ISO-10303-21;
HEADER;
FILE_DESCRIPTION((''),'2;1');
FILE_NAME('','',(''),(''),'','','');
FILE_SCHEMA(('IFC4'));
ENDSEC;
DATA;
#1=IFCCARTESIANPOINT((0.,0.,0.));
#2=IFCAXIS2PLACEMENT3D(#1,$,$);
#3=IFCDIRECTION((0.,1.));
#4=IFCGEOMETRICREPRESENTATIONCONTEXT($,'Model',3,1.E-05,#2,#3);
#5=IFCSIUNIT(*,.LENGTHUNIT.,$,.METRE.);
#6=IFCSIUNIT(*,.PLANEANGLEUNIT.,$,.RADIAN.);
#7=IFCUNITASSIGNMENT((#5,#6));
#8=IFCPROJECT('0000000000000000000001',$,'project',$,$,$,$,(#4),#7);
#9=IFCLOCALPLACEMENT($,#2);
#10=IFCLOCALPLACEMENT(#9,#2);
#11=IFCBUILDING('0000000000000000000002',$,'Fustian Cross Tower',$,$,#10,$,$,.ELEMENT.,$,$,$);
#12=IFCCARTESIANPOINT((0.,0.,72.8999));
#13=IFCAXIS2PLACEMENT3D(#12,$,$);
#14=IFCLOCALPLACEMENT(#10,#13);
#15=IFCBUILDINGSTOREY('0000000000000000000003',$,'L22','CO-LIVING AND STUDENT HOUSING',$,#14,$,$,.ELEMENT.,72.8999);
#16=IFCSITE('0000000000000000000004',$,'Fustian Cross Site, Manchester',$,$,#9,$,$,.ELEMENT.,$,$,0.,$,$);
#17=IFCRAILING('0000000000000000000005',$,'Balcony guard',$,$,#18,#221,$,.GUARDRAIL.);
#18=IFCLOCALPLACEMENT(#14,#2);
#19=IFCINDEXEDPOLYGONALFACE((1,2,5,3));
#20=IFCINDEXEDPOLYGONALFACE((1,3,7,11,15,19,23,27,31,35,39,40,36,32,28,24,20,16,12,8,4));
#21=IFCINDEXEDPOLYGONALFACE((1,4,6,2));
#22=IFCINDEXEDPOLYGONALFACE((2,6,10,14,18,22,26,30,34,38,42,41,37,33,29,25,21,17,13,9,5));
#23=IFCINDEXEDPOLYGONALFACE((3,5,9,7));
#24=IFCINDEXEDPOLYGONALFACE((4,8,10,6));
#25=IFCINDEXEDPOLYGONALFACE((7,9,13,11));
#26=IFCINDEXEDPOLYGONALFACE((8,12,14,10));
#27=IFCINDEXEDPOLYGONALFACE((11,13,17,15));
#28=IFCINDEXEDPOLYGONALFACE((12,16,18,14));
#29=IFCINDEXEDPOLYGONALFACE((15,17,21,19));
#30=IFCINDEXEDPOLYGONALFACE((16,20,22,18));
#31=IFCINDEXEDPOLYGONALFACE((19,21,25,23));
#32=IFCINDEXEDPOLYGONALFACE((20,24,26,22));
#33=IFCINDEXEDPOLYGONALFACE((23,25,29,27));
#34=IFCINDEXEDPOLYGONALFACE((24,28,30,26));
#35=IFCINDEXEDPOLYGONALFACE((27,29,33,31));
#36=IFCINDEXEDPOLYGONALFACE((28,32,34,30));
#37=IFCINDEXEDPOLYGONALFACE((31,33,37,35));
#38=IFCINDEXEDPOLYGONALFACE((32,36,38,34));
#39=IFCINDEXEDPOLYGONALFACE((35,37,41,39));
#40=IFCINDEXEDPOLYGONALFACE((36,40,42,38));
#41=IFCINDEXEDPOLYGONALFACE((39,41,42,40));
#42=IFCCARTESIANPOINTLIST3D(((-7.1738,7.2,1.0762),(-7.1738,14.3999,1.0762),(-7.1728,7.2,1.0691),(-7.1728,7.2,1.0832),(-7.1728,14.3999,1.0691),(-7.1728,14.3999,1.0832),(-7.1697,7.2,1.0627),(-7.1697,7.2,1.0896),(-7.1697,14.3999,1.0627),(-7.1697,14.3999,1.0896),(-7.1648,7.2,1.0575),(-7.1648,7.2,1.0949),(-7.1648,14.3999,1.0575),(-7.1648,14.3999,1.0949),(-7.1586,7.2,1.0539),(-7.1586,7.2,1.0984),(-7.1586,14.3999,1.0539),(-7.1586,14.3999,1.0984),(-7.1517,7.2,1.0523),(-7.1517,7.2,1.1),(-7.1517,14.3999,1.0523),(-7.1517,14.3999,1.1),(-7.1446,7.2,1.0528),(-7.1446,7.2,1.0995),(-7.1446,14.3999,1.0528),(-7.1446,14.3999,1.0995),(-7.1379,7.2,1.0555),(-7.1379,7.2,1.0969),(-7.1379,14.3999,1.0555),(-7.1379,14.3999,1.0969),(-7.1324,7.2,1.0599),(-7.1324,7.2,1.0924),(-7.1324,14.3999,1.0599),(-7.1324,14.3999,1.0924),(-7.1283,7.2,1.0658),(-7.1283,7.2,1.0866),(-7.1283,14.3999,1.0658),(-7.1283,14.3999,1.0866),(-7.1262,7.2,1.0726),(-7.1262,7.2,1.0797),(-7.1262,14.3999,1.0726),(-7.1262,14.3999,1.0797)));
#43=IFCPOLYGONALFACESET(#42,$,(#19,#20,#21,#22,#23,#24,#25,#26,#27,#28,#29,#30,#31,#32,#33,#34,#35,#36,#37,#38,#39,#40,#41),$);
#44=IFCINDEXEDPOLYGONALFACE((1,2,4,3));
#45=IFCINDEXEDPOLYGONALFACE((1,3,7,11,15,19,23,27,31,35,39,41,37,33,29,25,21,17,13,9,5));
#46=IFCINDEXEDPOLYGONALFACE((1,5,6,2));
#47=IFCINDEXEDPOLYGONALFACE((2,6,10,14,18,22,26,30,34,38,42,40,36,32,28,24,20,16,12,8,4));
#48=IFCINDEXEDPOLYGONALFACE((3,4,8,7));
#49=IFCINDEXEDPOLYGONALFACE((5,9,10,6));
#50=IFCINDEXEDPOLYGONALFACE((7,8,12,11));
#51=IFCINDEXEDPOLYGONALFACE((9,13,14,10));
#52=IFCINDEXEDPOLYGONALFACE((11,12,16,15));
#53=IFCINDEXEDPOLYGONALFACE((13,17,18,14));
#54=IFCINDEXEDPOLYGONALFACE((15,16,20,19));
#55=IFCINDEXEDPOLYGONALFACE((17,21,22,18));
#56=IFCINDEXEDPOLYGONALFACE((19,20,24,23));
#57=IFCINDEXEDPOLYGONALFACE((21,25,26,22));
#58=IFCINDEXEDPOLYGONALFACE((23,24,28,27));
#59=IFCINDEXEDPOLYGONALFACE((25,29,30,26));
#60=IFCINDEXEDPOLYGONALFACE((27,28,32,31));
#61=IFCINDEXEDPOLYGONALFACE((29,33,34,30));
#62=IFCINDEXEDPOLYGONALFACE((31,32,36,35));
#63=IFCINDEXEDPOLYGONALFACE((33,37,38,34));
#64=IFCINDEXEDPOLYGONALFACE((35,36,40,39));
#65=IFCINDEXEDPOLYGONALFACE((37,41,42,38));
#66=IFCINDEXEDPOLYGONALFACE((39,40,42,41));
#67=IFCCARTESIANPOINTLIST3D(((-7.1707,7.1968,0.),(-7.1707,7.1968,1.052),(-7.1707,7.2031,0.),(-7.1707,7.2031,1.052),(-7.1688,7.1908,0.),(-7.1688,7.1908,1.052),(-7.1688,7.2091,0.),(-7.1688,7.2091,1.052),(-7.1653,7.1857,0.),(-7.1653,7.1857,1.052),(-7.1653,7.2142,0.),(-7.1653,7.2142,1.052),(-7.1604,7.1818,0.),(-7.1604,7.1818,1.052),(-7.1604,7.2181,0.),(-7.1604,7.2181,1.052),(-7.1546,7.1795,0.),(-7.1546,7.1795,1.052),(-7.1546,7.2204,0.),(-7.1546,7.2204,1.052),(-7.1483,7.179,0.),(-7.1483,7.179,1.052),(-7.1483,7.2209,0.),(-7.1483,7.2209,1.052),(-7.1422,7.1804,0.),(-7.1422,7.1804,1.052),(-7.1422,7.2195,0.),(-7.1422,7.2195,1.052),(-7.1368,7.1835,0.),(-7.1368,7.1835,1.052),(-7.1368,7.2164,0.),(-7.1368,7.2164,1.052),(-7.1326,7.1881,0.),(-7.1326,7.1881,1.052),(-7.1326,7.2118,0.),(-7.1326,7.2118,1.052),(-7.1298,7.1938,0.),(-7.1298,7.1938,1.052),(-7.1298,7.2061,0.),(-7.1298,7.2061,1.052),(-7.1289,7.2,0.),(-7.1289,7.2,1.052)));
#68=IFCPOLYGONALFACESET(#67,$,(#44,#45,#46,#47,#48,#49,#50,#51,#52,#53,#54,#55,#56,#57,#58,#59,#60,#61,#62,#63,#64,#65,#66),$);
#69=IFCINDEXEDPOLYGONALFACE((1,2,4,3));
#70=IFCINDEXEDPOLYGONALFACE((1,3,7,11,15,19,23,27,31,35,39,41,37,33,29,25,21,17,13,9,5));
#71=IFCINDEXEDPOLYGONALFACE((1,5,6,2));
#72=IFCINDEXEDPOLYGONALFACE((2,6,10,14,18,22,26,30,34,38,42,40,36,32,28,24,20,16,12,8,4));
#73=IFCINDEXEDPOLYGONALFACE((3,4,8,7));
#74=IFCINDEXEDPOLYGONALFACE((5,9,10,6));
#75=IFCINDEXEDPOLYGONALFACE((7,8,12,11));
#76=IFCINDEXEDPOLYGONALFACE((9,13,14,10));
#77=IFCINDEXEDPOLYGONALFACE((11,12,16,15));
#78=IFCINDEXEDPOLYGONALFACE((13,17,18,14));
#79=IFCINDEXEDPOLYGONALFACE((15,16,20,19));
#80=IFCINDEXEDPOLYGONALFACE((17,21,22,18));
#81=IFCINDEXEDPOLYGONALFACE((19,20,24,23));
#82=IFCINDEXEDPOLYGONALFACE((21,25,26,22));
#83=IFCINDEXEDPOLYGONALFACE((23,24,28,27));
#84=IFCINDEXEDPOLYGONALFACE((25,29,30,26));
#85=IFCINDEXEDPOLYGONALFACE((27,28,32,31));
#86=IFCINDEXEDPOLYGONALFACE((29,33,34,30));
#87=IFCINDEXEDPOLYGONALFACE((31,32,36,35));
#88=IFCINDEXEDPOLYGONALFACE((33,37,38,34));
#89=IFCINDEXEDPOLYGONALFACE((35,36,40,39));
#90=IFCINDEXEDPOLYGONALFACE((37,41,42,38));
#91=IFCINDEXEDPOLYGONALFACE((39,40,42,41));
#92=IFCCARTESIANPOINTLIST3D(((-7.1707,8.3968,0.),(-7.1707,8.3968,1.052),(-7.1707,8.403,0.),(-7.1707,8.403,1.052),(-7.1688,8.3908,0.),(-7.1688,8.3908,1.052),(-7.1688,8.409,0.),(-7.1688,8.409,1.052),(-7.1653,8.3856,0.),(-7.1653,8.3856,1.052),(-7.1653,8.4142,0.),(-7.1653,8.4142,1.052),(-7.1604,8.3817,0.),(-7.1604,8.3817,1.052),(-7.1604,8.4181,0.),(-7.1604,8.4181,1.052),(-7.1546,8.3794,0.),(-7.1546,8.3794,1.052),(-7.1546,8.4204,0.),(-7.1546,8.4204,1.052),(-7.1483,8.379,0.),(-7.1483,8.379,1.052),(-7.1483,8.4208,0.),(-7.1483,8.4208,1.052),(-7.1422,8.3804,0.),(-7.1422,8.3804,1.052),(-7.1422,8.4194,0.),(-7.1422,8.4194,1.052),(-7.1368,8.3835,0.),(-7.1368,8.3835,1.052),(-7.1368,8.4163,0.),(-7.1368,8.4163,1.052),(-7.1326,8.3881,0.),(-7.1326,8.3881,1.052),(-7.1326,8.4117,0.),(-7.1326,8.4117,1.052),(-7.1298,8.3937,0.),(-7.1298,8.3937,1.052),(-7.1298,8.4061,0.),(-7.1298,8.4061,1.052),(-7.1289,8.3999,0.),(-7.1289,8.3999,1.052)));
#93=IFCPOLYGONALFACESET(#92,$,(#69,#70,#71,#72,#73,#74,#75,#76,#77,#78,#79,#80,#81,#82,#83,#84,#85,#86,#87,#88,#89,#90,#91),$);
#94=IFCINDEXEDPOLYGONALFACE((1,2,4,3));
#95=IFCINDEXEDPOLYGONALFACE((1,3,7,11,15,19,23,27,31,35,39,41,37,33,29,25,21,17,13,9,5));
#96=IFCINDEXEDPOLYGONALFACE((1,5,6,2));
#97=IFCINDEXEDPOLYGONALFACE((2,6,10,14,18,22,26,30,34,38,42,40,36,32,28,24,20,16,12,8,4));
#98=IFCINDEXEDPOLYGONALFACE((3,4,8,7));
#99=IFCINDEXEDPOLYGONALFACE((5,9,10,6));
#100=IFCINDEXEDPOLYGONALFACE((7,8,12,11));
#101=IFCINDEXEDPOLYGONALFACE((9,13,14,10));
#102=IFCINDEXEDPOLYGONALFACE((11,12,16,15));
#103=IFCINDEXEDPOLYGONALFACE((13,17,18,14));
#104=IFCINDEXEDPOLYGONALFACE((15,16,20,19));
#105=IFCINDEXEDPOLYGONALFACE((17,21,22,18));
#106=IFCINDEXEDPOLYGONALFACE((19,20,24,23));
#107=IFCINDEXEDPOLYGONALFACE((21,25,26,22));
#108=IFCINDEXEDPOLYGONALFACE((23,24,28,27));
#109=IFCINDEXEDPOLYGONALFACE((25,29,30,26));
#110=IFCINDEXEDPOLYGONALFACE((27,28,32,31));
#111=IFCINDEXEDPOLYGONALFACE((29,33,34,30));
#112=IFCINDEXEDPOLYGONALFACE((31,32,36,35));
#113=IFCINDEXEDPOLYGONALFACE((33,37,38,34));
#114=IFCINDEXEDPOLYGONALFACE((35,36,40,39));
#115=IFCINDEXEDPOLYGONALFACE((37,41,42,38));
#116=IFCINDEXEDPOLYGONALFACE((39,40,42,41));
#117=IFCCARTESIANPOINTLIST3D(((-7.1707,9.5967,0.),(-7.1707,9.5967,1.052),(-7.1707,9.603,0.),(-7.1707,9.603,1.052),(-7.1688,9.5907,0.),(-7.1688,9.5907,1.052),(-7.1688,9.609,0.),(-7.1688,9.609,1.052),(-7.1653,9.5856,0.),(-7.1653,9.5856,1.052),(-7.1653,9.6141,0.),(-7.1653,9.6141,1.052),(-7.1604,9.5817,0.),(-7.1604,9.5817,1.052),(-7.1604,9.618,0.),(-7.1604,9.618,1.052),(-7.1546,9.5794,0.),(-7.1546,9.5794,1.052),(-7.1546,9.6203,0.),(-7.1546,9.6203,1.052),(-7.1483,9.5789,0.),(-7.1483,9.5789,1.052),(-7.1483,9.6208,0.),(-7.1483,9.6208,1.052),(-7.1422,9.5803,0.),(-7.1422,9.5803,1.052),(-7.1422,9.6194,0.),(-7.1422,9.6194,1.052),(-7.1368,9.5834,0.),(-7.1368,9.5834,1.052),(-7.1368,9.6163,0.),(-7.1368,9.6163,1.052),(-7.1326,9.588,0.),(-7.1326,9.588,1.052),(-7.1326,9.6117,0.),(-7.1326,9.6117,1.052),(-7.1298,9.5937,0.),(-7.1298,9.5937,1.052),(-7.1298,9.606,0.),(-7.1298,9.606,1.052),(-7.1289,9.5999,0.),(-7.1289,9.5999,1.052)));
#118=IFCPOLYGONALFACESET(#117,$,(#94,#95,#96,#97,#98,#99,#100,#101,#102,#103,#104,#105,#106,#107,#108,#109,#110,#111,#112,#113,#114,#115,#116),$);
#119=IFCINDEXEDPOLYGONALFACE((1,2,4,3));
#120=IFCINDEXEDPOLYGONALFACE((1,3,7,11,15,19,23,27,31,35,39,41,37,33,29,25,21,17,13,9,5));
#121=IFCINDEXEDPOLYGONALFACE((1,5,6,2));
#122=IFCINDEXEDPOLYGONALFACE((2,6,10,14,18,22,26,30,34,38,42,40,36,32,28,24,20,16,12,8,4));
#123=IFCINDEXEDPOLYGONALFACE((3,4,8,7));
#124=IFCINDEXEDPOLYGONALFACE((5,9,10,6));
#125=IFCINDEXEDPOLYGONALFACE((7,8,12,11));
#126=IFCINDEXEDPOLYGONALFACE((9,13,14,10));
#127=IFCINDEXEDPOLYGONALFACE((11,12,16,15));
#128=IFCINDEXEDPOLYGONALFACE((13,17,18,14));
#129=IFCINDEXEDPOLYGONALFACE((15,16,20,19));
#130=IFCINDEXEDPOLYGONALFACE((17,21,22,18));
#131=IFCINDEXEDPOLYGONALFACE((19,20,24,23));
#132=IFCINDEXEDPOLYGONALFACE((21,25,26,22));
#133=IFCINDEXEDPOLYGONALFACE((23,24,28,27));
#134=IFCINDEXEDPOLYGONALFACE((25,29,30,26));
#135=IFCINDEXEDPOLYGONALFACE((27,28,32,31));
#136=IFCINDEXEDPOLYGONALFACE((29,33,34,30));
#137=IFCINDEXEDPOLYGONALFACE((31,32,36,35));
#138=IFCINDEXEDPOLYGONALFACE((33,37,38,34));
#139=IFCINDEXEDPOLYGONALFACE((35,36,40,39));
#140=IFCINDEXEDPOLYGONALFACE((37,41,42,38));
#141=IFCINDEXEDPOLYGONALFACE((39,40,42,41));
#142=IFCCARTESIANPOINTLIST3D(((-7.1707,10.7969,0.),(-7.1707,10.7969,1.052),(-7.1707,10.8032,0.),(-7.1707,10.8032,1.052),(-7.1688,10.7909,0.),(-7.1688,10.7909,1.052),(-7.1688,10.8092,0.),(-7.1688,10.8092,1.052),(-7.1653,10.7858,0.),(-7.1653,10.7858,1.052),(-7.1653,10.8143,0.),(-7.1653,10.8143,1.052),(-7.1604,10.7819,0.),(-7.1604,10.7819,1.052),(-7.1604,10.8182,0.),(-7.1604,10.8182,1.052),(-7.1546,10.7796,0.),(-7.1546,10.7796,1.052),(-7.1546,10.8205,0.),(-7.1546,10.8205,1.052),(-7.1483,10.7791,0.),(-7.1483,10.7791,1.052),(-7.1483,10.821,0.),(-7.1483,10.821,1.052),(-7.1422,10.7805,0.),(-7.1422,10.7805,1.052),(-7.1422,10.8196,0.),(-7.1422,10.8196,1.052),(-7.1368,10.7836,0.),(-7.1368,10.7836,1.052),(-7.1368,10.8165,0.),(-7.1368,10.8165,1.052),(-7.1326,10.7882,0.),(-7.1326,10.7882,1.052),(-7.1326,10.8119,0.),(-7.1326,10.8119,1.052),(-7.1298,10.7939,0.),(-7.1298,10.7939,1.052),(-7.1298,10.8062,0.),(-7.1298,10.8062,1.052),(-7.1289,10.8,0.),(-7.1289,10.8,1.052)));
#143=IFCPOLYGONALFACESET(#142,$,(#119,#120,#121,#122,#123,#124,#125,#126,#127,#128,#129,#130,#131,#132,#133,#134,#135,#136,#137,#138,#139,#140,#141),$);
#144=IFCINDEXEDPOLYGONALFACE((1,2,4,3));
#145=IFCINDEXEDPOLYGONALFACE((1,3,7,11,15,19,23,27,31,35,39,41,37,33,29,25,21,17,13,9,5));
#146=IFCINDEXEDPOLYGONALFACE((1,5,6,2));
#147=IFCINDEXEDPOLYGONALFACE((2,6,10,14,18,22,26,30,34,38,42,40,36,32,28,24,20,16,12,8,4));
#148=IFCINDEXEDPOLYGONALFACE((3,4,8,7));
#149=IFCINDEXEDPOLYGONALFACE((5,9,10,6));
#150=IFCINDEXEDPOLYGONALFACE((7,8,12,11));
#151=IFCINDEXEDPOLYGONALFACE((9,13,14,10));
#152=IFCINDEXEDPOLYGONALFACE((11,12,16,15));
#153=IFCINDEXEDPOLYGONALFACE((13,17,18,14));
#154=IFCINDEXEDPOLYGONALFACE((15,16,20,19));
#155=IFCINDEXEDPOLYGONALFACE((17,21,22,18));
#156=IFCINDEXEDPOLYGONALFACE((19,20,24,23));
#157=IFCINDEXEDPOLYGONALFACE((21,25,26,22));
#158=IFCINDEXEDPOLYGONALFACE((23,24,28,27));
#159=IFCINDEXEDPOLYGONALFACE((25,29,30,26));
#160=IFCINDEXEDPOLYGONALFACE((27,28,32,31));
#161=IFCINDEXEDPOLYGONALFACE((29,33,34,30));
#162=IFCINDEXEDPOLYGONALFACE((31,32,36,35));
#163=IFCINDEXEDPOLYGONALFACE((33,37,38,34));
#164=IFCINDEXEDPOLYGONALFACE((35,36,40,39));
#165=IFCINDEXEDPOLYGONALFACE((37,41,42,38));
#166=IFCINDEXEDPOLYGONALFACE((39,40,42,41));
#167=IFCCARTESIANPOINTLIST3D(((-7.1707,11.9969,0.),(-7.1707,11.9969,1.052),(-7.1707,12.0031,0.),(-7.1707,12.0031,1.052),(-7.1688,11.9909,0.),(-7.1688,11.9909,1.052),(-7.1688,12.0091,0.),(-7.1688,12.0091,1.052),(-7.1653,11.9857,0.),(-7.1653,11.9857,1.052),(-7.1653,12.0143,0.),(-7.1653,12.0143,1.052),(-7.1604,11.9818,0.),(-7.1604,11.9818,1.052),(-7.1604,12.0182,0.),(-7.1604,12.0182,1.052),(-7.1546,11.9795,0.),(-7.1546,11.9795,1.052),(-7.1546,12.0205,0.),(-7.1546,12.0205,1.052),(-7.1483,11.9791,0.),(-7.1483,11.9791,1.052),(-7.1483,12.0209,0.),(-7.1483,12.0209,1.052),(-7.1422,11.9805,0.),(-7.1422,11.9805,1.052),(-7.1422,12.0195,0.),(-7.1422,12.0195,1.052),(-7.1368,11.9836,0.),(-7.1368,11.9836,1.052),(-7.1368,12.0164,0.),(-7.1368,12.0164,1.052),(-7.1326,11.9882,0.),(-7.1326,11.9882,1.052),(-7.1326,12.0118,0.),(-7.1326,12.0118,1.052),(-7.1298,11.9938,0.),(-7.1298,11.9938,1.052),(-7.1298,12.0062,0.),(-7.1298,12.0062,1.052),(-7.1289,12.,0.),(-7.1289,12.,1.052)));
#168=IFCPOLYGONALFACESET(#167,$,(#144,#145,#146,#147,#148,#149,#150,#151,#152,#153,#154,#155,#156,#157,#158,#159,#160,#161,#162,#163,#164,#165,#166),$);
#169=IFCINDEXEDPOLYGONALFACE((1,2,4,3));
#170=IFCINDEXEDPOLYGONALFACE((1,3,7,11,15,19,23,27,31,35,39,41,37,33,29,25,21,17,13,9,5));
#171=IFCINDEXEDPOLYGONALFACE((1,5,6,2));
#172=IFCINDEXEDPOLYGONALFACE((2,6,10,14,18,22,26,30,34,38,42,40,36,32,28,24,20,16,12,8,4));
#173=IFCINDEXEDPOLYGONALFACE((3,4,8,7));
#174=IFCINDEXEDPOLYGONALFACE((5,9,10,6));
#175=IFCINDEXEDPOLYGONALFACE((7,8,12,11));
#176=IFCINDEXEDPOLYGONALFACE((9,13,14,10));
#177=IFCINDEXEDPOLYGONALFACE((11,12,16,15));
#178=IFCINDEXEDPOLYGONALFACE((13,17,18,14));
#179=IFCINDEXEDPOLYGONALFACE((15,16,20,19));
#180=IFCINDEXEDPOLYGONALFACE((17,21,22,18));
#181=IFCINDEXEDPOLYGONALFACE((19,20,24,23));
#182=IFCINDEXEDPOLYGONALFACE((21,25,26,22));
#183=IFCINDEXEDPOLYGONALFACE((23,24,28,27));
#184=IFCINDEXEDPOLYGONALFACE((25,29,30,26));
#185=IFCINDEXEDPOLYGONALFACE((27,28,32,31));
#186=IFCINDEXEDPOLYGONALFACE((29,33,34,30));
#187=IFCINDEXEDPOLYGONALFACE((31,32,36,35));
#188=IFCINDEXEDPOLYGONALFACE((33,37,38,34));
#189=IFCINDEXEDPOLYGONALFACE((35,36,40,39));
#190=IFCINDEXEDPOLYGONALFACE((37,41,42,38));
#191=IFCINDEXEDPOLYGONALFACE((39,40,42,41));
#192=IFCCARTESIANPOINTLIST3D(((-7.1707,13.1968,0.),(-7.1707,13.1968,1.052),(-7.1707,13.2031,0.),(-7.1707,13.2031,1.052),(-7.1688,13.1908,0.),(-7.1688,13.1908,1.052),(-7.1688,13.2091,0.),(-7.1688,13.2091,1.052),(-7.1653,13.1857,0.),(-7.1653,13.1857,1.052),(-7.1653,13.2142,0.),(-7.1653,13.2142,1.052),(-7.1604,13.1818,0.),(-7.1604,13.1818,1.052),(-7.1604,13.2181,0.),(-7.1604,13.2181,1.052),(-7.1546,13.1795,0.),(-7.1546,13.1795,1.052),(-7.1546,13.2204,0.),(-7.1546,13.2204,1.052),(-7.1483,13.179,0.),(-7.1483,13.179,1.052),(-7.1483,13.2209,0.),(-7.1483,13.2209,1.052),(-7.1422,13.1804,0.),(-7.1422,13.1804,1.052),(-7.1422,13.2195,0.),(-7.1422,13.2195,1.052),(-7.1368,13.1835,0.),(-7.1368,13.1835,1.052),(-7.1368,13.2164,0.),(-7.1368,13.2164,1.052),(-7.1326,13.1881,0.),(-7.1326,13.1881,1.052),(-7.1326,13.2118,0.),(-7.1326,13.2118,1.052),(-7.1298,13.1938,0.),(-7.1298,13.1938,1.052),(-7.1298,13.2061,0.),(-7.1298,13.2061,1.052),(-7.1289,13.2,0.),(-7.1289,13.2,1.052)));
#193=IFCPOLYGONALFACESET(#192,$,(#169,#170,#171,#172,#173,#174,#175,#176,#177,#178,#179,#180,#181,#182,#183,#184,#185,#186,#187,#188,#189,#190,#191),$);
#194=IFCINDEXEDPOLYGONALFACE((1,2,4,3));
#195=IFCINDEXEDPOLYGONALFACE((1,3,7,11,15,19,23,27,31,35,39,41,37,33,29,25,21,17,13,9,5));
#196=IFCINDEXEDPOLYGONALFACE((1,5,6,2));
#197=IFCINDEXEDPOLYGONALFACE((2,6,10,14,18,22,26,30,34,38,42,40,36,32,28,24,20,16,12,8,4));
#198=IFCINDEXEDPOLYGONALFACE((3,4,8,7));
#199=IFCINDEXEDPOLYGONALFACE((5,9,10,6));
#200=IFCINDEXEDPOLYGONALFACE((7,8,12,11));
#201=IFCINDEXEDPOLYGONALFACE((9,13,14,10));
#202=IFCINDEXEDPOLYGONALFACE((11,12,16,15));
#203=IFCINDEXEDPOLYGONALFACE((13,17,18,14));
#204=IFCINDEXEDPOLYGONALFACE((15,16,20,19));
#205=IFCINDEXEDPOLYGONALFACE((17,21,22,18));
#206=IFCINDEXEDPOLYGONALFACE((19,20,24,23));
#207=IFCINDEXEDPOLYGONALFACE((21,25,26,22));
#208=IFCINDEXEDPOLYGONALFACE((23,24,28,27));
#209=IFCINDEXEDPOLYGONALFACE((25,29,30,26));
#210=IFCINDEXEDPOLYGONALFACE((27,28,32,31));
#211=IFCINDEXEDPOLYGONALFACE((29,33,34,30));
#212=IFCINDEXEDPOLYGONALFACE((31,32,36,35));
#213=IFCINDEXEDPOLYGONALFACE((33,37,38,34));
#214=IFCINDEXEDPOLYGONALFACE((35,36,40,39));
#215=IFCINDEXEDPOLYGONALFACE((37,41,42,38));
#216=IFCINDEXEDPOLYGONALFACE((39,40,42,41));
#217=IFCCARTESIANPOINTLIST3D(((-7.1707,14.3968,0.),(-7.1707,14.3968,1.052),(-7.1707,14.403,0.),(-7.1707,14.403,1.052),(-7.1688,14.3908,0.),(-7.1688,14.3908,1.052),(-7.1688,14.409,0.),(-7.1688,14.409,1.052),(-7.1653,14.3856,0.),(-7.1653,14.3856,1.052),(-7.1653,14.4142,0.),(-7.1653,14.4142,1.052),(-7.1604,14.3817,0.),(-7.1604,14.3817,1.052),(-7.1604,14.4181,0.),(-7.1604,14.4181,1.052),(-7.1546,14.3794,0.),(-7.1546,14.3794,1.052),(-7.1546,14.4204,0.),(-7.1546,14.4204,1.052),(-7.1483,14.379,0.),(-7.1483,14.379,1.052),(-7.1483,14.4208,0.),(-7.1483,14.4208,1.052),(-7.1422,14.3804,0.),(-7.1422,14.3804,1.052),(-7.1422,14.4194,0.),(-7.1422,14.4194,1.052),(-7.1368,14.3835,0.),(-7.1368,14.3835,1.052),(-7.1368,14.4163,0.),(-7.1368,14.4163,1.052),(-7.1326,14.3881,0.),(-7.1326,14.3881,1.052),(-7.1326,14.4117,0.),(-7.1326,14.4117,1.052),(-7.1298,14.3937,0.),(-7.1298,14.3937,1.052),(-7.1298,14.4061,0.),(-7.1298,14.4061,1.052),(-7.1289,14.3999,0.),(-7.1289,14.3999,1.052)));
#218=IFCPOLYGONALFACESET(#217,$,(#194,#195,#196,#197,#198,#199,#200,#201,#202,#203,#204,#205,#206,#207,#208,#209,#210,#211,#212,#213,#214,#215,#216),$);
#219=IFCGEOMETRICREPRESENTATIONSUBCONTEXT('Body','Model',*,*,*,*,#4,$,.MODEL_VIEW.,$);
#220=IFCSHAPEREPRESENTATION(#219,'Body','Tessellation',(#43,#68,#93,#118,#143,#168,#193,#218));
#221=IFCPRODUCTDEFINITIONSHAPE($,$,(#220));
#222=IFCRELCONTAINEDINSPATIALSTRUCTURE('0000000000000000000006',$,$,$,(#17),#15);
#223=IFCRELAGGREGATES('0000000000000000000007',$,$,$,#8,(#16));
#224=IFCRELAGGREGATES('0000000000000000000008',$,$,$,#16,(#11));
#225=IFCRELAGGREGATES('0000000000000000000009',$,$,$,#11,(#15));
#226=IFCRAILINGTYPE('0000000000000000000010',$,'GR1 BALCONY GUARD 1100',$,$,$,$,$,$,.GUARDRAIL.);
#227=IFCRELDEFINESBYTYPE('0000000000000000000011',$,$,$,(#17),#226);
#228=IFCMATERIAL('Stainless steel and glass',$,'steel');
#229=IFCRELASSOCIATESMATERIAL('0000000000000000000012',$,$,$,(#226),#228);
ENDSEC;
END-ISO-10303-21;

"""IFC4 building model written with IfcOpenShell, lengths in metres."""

from ifc_helpers import new_model, si_unit, direction, frame, origin, origin_2d, place, context, subcontext, project, spatial, circle, extrude, material, type_object, element, save


model = new_model("IFC4")

# Units and contexts
model_context = context("Model", 3, precision=1e-05, world=origin(), true_north=direction((0.0, 1.0)))
body_context = subcontext(model_context, "Body", "Model", "MODEL_VIEW")
ifc_project = project(units=[si_unit("LENGTHUNIT", "METRE"), si_unit("PLANEANGLEUNIT", "RADIAN")], contexts=[model_context])

# Site, building, storey
site_placement = place(None, origin())
site = spatial("IfcSite", under=ifc_project, at=site_placement, Name="Fustian Cross Site, Manchester", CompositionType="ELEMENT", RefElevation=0.0)
building_placement = place(site_placement, origin())
building = spatial("IfcBuilding", under=site, at=building_placement, Name="Fustian Cross Tower", CompositionType="ELEMENT")
storey_placement = place(building_placement, frame((0.0, 0.0, 72.8999)))
storey = spatial("IfcBuildingStorey", under=building, at=storey_placement, Name="L22", Description="CO-LIVING AND STUDENT HOUSING", CompositionType="ELEMENT", Elevation=72.8999)

# Railing
ifc_material_1 = material(Name="Stainless steel and glass", Category="steel")
railing_type = type_object("IfcRailingType", Name="GR1 BALCONY GUARD 1100", PredefinedType="GUARDRAIL", material=ifc_material_1)
railing_placement = place(storey_placement, frame((-7.1499, 7.2, 0.0)))
element("IfcRailing", 1, at=railing_placement, inside=storey, type_object=railing_type, Name="Balcony guard", PredefinedType="GUARDRAIL", context=body_context, shape_type="SweptSolid", body=[
    extrude(circle(Radius=0.0239, at=origin_2d()), frame((0.0, 0.0, 1.0762), z_axis=(0.0, 1.0, 0.0), x_axis=(-1.0, 0.0, 0.0)), (0.0, 0.0, 1.0), 7.2),
    extrude(circle(Radius=0.021, at=origin_2d()), origin(), (0.0, 0.0, 1.0), 1.052),
    extrude(circle(Radius=0.021, at=origin_2d()), frame((0.0, 1.2, 0.0)), (0.0, 0.0, 1.0), 1.052),
    extrude(circle(Radius=0.021, at=origin_2d()), frame((0.0, 2.3999, 0.0)), (0.0, 0.0, 1.0), 1.052),
    extrude(circle(Radius=0.021, at=origin_2d()), frame((0.0, 3.6001, 0.0)), (0.0, 0.0, 1.0), 1.052),
    extrude(circle(Radius=0.021, at=origin_2d()), frame((0.0, 4.8, 0.0)), (0.0, 0.0, 1.0), 1.052),
    extrude(circle(Radius=0.021, at=origin_2d()), frame((0.0, 6.0, 0.0)), (0.0, 0.0, 1.0), 1.052),
    extrude(circle(Radius=0.021, at=origin_2d()), frame((0.0, 7.2, 0.0)), (0.0, 0.0, 1.0), 1.052),
])

save(model, "model.ifc")
